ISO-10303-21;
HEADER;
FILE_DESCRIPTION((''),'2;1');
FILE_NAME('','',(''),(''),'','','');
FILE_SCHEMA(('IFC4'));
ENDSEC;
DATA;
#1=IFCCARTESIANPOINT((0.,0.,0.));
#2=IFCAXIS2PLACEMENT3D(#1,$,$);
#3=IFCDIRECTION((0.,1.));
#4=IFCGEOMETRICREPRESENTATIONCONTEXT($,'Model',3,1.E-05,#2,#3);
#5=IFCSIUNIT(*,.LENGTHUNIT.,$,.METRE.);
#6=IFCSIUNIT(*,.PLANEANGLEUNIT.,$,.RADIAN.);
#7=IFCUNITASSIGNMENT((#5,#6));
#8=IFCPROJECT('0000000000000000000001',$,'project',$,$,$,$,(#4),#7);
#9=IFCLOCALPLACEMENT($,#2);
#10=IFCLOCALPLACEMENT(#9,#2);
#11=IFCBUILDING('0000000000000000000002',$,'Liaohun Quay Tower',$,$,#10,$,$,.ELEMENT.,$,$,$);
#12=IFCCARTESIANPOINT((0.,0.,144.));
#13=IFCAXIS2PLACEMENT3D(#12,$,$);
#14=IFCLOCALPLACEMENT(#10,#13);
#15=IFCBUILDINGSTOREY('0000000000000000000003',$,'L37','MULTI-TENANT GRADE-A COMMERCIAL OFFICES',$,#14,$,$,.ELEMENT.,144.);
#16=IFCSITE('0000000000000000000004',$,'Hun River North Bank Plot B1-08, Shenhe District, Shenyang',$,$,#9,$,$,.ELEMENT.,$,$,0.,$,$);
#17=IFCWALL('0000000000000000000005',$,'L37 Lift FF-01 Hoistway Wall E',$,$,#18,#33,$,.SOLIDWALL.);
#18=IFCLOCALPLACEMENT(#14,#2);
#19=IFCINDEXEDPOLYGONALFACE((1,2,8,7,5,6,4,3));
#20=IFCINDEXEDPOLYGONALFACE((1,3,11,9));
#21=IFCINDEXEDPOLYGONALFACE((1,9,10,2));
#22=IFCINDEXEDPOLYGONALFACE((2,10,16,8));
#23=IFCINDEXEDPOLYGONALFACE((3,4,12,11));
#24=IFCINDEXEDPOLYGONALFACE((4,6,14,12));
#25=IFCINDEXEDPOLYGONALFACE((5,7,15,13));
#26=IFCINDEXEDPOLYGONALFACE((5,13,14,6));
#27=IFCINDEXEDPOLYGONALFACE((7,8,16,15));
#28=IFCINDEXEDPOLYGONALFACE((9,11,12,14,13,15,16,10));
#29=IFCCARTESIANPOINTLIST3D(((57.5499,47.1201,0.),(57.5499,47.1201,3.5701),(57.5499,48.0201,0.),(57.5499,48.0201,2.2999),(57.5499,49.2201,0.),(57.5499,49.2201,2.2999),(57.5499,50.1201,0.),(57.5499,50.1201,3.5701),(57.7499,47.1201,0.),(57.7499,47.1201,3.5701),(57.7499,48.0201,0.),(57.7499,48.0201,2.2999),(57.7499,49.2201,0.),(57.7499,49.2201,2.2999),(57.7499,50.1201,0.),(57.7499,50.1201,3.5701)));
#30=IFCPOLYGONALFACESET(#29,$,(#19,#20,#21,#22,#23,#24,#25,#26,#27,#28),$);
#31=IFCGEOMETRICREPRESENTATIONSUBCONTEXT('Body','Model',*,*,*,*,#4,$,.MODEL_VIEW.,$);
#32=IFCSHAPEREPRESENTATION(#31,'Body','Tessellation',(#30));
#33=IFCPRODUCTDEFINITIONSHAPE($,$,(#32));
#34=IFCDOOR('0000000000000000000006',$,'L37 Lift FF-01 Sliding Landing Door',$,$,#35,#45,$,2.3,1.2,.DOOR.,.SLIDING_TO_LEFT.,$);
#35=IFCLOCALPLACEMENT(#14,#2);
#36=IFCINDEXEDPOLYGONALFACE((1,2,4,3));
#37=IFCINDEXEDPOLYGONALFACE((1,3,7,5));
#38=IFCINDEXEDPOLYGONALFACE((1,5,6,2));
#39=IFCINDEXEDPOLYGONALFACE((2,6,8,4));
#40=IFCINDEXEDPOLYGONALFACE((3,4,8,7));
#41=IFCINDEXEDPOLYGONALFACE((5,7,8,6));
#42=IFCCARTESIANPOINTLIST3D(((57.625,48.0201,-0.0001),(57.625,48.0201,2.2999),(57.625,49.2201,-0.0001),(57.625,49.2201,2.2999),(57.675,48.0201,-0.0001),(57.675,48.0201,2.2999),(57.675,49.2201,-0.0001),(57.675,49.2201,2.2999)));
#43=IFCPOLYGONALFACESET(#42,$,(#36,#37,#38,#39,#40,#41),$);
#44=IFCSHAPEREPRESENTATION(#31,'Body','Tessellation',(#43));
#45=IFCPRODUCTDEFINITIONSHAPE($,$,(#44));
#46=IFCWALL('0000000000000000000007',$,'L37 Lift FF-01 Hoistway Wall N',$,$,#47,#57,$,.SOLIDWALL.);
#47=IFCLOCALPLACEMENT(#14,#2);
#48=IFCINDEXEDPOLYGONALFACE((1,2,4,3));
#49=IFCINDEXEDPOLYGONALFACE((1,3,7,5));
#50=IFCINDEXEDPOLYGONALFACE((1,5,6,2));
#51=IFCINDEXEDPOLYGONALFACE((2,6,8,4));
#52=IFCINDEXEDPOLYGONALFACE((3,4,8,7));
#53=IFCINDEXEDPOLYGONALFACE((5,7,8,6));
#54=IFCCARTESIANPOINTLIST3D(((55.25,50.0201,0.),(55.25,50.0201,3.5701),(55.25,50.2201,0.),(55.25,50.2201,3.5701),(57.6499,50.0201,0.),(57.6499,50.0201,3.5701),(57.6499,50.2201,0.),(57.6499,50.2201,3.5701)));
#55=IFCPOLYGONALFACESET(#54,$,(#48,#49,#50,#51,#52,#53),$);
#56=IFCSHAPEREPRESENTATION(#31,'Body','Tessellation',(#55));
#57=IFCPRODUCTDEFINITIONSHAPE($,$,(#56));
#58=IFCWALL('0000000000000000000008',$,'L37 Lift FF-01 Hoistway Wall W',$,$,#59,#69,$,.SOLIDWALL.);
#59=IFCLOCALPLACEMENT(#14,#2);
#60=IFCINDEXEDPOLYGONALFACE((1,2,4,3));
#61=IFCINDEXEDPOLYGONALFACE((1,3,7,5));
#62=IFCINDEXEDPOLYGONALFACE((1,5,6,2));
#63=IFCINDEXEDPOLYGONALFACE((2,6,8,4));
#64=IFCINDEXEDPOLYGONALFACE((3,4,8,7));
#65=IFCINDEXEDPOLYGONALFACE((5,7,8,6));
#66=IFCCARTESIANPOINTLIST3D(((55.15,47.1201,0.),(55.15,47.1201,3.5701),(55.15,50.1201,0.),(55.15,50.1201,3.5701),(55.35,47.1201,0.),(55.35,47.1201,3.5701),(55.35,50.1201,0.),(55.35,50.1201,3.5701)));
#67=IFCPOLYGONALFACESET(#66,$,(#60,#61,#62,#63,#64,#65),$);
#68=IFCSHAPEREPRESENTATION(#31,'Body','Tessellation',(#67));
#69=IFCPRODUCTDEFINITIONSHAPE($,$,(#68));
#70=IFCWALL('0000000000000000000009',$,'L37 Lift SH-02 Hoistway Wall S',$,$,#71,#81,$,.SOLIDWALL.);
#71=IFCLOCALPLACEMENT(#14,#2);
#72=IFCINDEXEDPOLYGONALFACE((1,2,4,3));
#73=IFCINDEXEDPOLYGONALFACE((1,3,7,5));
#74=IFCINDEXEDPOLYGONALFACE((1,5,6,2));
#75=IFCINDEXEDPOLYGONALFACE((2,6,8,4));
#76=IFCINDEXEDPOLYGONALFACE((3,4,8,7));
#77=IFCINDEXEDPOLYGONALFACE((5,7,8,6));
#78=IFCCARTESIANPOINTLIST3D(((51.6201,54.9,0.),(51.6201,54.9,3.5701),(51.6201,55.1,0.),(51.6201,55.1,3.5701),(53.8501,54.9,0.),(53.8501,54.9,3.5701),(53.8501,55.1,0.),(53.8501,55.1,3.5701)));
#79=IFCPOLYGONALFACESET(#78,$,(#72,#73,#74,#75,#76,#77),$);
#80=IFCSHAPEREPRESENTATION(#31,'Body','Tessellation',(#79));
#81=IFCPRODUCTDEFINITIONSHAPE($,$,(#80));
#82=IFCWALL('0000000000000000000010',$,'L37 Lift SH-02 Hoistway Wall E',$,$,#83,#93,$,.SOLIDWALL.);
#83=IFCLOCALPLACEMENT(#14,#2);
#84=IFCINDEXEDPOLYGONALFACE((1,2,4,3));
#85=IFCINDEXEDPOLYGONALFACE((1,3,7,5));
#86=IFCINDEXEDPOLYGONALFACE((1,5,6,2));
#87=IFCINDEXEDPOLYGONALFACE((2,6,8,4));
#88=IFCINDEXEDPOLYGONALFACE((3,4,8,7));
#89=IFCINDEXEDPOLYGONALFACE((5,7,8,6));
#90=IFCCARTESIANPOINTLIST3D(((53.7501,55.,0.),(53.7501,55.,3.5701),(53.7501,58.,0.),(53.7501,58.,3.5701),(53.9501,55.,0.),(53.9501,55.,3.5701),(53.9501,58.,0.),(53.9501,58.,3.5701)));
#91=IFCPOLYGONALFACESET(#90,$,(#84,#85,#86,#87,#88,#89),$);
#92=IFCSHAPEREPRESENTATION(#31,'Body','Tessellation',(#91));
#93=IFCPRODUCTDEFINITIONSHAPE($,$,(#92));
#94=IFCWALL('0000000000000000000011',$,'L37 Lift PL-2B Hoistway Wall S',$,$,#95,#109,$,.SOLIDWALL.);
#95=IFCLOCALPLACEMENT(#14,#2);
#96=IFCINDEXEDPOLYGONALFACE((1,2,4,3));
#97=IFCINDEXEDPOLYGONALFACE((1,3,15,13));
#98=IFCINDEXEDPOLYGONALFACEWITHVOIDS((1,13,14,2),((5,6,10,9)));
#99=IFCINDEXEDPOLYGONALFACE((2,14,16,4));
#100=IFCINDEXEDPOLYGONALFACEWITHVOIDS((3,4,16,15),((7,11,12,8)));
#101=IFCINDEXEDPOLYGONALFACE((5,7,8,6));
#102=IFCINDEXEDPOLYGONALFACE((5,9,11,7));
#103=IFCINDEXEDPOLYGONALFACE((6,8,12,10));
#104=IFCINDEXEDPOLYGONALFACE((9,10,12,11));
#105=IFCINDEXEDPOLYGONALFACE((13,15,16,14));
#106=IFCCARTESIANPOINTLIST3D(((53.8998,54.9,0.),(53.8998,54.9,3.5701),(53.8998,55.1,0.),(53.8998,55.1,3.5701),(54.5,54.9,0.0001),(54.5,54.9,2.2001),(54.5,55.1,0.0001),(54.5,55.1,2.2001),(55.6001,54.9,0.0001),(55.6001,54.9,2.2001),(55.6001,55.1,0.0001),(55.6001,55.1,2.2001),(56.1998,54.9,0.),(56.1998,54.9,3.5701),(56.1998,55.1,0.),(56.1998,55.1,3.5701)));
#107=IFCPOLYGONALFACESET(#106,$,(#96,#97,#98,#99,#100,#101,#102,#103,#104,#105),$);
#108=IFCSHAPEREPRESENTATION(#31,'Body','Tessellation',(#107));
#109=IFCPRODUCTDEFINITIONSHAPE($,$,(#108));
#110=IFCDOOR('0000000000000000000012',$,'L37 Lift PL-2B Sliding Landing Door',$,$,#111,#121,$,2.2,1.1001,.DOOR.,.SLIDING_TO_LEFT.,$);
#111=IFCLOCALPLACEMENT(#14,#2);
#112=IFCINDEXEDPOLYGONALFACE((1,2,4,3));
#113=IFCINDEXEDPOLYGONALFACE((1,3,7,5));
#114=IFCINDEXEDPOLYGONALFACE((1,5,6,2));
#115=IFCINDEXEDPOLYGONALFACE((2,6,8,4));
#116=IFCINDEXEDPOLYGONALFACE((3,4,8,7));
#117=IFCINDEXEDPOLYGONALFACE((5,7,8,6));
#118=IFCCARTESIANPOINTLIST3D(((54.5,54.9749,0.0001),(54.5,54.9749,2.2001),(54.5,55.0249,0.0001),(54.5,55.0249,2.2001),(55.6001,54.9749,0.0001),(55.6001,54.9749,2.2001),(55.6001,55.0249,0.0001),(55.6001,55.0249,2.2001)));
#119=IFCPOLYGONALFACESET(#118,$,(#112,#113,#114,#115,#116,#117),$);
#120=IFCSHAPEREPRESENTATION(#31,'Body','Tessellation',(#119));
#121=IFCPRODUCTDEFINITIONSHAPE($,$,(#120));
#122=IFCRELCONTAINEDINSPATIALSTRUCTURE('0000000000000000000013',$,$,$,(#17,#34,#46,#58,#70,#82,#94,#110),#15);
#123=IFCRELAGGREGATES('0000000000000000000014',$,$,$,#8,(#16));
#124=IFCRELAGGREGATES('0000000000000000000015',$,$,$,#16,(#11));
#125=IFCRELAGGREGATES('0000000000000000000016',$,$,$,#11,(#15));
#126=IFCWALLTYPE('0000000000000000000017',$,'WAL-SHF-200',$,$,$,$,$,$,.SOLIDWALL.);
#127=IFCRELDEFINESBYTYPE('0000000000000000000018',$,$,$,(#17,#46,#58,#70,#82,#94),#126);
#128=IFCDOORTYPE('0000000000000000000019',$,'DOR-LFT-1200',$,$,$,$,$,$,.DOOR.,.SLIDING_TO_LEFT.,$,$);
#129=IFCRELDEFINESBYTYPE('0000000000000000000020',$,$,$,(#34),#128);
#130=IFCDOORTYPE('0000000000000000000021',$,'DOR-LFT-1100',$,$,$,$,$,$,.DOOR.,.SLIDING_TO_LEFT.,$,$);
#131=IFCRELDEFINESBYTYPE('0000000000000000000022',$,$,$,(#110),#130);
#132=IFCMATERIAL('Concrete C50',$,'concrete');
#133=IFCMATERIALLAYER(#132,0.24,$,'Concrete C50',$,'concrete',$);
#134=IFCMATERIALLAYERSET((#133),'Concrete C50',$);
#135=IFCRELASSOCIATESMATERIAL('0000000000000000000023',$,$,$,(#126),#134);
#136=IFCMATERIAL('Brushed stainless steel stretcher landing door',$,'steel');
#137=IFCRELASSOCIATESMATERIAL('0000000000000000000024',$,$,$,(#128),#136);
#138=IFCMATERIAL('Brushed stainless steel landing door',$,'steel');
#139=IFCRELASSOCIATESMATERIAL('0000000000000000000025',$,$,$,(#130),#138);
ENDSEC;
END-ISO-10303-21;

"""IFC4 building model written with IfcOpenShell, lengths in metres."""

from ifc_helpers import new_model, si_unit, direction, frame, frame_2d, origin, place, context, subcontext, project, spatial, rectangle, extrude, source, transform, mapped, material, layer, layer_set, type_object, element, fill, save


model = new_model("IFC4")

# Units and contexts
model_context = context("Model", 3, precision=1e-05, world=origin(), true_north=direction((0.0, 1.0)))
body_context = subcontext(model_context, "Body", "Model", "MODEL_VIEW")
ifc_project = project(units=[si_unit("LENGTHUNIT", "METRE"), si_unit("PLANEANGLEUNIT", "RADIAN")], contexts=[model_context])

# Site, building, storey
site_placement = place(None, origin())
site = spatial("IfcSite", under=ifc_project, at=site_placement, Name="Hun River North Bank Plot B1-08, Shenhe District, Shenyang", CompositionType="ELEMENT", RefElevation=0.0)
building_placement = place(site_placement, origin())
building = spatial("IfcBuilding", under=site, at=building_placement, Name="Liaohun Quay Tower", CompositionType="ELEMENT")
storey_placement = place(building_placement, frame((0.0, 0.0, 144.0)))
storey = spatial("IfcBuildingStorey", under=building, at=storey_placement, Name="L37", Description="MULTI-TENANT GRADE-A COMMERCIAL OFFICES", CompositionType="ELEMENT", Elevation=144.0)

# Shared definitions
ifc_material_1 = material(Name="Concrete C50", Category="concrete")
ifc_layer_1 = layer(ifc_material_1, 0.24, Name="Concrete C50", Category="concrete")
ifc_layer_set_1 = layer_set([ifc_layer_1], Name="Concrete C50")
wall_type_1 = type_object("IfcWallType", Name="WAL-SHF-200", PredefinedType="SOLIDWALL", material=ifc_layer_set_1)

# Wall, opening, door
wall_1_placement = place(storey_placement, frame((57.6499, 47.1201, 0.0), z_axis=(0.0, 0.0, 1.0), x_axis=(0.0, 1.0, 0.0)))
wall_1 = element("IfcWall", 1, at=wall_1_placement, inside=storey, type_object=wall_type_1, Name="L37 Lift FF-01 Hoistway Wall E", PredefinedType="SOLIDWALL", context=body_context, shape_type="SweptSolid", body=[
    extrude(rectangle(XDim=3.0, YDim=0.2, at=frame_2d((1.5, 0.0))), origin(), (0.0, 0.0, 1.0), 3.5701),
])
shared_shape_1 = source(origin(), body_context, "Body", "SweptSolid", [
    extrude(rectangle(XDim=1.2, YDim=2.3, at=frame_2d((0.6001, 1.1499))), frame((0.0, 0.1099, 0.0), z_axis=(0.0, -1.0, 0.0), x_axis=(1.0, 0.0, 0.0)), (0.0, 0.0, 1.0), 0.22),
])
opening_1_placement = place(wall_1_placement, frame((0.8999, 0.0, 0.0)))
opening_1 = element("IfcOpeningElement", 2, at=opening_1_placement, cuts=wall_1, PredefinedType="OPENING", context=body_context, shape_type="MappedRepresentation", body=[
    mapped(shared_shape_1, transform((0.0, 0.0, 0.0), x_axis=(1.0, 0.0, 0.0), y_axis=(0.0, 1.0, 0.0), z_axis=(0.0, 0.0, 1.0), scale=1.0)),
])
ifc_material_2 = material(Name="Brushed stainless steel stretcher landing door", Category="steel")
door_type_1 = type_object("IfcDoorType", Name="DOR-LFT-1200", OperationType="SLIDING_TO_LEFT", PredefinedType="DOOR", material=ifc_material_2)
shared_shape_2 = source(origin(), body_context, "Body", "SweptSolid", [
    extrude(rectangle(XDim=1.2, YDim=2.3, at=frame_2d((0.6001, 1.1499))), frame((0.0, 0.0249, 0.0), z_axis=(0.0, -1.0, 0.0), x_axis=(1.0, 0.0, 0.0)), (0.0, 0.0, 1.0), 0.05),
])
door_1_placement = place(opening_1_placement, origin())
door_1 = element("IfcDoor", 3, at=door_1_placement, inside=storey, type_object=door_type_1, Name="L37 Lift FF-01 Sliding Landing Door", OperationType="SLIDING_TO_LEFT", OverallHeight=2.3, OverallWidth=1.2, PredefinedType="DOOR", context=body_context, shape_type="MappedRepresentation", body=[
    mapped(shared_shape_2, transform((0.0, 0.0, 0.0), x_axis=(1.0, 0.0, 0.0), y_axis=(0.0, 1.0, 0.0), z_axis=(0.0, 0.0, 1.0), scale=1.0)),
])
fill(opening_1, door_1)

# Walls
wall_2_placement = place(storey_placement, frame((57.6499, 50.1201, 0.0), z_axis=(0.0, 0.0, 1.0), x_axis=(-1.0, 0.0, 0.0)))
element("IfcWall", 4, at=wall_2_placement, inside=storey, type_object=wall_type_1, Name="L37 Lift FF-01 Hoistway Wall N", PredefinedType="SOLIDWALL", context=body_context, shape_type="SweptSolid", body=[
    extrude(rectangle(XDim=2.3999, YDim=0.2, at=frame_2d((1.2, 0.0))), origin(), (0.0, 0.0, 1.0), 3.5701),
])
wall_3_placement = place(storey_placement, frame((55.25, 50.1201, 0.0), z_axis=(0.0, 0.0, 1.0), x_axis=(0.0, -1.0, 0.0)))
element("IfcWall", 5, at=wall_3_placement, inside=storey, type_object=wall_type_1, Name="L37 Lift FF-01 Hoistway Wall W", PredefinedType="SOLIDWALL", context=body_context, shape_type="SweptSolid", body=[
    extrude(rectangle(XDim=3.0, YDim=0.2, at=frame_2d((1.5, 0.0))), origin(), (0.0, 0.0, 1.0), 3.5701),
])
wall_4_placement = place(storey_placement, frame((51.6201, 55.0, 0.0), z_axis=(0.0, 0.0, 1.0), x_axis=(1.0, 0.0, 0.0)))
element("IfcWall", 6, at=wall_4_placement, inside=storey, type_object=wall_type_1, Name="L37 Lift SH-02 Hoistway Wall S", PredefinedType="SOLIDWALL", context=body_context, shape_type="SweptSolid", body=[
    extrude(rectangle(XDim=2.23, YDim=0.2, at=frame_2d((1.115, 0.0))), origin(), (0.0, 0.0, 1.0), 3.5701),
])
wall_5_placement = place(storey_placement, frame((53.8501, 55.0, 0.0), z_axis=(0.0, 0.0, 1.0), x_axis=(0.0, 1.0, 0.0)))
element("IfcWall", 7, at=wall_5_placement, inside=storey, type_object=wall_type_1, Name="L37 Lift SH-02 Hoistway Wall E", PredefinedType="SOLIDWALL", context=body_context, shape_type="SweptSolid", body=[
    extrude(rectangle(XDim=3.0, YDim=0.2, at=frame_2d((1.5, 0.0))), origin(), (0.0, 0.0, 1.0), 3.5701),
])

# Wall, opening, door
wall_6_placement = place(storey_placement, frame((53.8999, 55.0, 0.0), z_axis=(0.0, 0.0, 1.0), x_axis=(1.0, 0.0, 0.0)))
wall_6 = element("IfcWall", 8, at=wall_6_placement, inside=storey, type_object=wall_type_1, Name="L37 Lift PL-2B Hoistway Wall S", PredefinedType="SOLIDWALL", context=body_context, shape_type="SweptSolid", body=[
    extrude(rectangle(XDim=2.3, YDim=0.2, at=frame_2d((1.1499, 0.0))), origin(), (0.0, 0.0, 1.0), 3.5701),
])
shared_shape_3 = source(origin(), body_context, "Body", "SweptSolid", [
    extrude(rectangle(XDim=1.1001, YDim=2.2, at=frame_2d((0.55, 1.1001))), frame((0.0, 0.1099, 0.0), z_axis=(0.0, -1.0, 0.0), x_axis=(1.0, 0.0, 0.0)), (0.0, 0.0, 1.0), 0.22),
])
opening_2_placement = place(wall_6_placement, frame((0.6001, 0.0, 0.0)))
opening_2 = element("IfcOpeningElement", 9, at=opening_2_placement, cuts=wall_6, PredefinedType="OPENING", context=body_context, shape_type="MappedRepresentation", body=[
    mapped(shared_shape_3, transform((0.0, 0.0, 0.0), x_axis=(1.0, 0.0, 0.0), y_axis=(0.0, 1.0, 0.0), z_axis=(0.0, 0.0, 1.0), scale=1.0)),
])
ifc_material_3 = material(Name="Brushed stainless steel landing door", Category="steel")
door_type_2 = type_object("IfcDoorType", Name="DOR-LFT-1100", OperationType="SLIDING_TO_LEFT", PredefinedType="DOOR", material=ifc_material_3)
shared_shape_4 = source(origin(), body_context, "Body", "SweptSolid", [
    extrude(rectangle(XDim=1.1001, YDim=2.2, at=frame_2d((0.55, 1.1001))), frame((0.0, 0.0249, 0.0), z_axis=(0.0, -1.0, 0.0), x_axis=(1.0, 0.0, 0.0)), (0.0, 0.0, 1.0), 0.05),
])
door_2_placement = place(opening_2_placement, origin())
door_2 = element("IfcDoor", 10, at=door_2_placement, inside=storey, type_object=door_type_2, Name="L37 Lift PL-2B Sliding Landing Door", OperationType="SLIDING_TO_LEFT", OverallHeight=2.2, OverallWidth=1.1001, PredefinedType="DOOR", context=body_context, shape_type="MappedRepresentation", body=[
    mapped(shared_shape_4, transform((0.0, 0.0, 0.0), x_axis=(1.0, 0.0, 0.0), y_axis=(0.0, 1.0, 0.0), z_axis=(0.0, 0.0, 1.0), scale=1.0)),
])
fill(opening_2, door_2)

save(model, "model.ifc")
